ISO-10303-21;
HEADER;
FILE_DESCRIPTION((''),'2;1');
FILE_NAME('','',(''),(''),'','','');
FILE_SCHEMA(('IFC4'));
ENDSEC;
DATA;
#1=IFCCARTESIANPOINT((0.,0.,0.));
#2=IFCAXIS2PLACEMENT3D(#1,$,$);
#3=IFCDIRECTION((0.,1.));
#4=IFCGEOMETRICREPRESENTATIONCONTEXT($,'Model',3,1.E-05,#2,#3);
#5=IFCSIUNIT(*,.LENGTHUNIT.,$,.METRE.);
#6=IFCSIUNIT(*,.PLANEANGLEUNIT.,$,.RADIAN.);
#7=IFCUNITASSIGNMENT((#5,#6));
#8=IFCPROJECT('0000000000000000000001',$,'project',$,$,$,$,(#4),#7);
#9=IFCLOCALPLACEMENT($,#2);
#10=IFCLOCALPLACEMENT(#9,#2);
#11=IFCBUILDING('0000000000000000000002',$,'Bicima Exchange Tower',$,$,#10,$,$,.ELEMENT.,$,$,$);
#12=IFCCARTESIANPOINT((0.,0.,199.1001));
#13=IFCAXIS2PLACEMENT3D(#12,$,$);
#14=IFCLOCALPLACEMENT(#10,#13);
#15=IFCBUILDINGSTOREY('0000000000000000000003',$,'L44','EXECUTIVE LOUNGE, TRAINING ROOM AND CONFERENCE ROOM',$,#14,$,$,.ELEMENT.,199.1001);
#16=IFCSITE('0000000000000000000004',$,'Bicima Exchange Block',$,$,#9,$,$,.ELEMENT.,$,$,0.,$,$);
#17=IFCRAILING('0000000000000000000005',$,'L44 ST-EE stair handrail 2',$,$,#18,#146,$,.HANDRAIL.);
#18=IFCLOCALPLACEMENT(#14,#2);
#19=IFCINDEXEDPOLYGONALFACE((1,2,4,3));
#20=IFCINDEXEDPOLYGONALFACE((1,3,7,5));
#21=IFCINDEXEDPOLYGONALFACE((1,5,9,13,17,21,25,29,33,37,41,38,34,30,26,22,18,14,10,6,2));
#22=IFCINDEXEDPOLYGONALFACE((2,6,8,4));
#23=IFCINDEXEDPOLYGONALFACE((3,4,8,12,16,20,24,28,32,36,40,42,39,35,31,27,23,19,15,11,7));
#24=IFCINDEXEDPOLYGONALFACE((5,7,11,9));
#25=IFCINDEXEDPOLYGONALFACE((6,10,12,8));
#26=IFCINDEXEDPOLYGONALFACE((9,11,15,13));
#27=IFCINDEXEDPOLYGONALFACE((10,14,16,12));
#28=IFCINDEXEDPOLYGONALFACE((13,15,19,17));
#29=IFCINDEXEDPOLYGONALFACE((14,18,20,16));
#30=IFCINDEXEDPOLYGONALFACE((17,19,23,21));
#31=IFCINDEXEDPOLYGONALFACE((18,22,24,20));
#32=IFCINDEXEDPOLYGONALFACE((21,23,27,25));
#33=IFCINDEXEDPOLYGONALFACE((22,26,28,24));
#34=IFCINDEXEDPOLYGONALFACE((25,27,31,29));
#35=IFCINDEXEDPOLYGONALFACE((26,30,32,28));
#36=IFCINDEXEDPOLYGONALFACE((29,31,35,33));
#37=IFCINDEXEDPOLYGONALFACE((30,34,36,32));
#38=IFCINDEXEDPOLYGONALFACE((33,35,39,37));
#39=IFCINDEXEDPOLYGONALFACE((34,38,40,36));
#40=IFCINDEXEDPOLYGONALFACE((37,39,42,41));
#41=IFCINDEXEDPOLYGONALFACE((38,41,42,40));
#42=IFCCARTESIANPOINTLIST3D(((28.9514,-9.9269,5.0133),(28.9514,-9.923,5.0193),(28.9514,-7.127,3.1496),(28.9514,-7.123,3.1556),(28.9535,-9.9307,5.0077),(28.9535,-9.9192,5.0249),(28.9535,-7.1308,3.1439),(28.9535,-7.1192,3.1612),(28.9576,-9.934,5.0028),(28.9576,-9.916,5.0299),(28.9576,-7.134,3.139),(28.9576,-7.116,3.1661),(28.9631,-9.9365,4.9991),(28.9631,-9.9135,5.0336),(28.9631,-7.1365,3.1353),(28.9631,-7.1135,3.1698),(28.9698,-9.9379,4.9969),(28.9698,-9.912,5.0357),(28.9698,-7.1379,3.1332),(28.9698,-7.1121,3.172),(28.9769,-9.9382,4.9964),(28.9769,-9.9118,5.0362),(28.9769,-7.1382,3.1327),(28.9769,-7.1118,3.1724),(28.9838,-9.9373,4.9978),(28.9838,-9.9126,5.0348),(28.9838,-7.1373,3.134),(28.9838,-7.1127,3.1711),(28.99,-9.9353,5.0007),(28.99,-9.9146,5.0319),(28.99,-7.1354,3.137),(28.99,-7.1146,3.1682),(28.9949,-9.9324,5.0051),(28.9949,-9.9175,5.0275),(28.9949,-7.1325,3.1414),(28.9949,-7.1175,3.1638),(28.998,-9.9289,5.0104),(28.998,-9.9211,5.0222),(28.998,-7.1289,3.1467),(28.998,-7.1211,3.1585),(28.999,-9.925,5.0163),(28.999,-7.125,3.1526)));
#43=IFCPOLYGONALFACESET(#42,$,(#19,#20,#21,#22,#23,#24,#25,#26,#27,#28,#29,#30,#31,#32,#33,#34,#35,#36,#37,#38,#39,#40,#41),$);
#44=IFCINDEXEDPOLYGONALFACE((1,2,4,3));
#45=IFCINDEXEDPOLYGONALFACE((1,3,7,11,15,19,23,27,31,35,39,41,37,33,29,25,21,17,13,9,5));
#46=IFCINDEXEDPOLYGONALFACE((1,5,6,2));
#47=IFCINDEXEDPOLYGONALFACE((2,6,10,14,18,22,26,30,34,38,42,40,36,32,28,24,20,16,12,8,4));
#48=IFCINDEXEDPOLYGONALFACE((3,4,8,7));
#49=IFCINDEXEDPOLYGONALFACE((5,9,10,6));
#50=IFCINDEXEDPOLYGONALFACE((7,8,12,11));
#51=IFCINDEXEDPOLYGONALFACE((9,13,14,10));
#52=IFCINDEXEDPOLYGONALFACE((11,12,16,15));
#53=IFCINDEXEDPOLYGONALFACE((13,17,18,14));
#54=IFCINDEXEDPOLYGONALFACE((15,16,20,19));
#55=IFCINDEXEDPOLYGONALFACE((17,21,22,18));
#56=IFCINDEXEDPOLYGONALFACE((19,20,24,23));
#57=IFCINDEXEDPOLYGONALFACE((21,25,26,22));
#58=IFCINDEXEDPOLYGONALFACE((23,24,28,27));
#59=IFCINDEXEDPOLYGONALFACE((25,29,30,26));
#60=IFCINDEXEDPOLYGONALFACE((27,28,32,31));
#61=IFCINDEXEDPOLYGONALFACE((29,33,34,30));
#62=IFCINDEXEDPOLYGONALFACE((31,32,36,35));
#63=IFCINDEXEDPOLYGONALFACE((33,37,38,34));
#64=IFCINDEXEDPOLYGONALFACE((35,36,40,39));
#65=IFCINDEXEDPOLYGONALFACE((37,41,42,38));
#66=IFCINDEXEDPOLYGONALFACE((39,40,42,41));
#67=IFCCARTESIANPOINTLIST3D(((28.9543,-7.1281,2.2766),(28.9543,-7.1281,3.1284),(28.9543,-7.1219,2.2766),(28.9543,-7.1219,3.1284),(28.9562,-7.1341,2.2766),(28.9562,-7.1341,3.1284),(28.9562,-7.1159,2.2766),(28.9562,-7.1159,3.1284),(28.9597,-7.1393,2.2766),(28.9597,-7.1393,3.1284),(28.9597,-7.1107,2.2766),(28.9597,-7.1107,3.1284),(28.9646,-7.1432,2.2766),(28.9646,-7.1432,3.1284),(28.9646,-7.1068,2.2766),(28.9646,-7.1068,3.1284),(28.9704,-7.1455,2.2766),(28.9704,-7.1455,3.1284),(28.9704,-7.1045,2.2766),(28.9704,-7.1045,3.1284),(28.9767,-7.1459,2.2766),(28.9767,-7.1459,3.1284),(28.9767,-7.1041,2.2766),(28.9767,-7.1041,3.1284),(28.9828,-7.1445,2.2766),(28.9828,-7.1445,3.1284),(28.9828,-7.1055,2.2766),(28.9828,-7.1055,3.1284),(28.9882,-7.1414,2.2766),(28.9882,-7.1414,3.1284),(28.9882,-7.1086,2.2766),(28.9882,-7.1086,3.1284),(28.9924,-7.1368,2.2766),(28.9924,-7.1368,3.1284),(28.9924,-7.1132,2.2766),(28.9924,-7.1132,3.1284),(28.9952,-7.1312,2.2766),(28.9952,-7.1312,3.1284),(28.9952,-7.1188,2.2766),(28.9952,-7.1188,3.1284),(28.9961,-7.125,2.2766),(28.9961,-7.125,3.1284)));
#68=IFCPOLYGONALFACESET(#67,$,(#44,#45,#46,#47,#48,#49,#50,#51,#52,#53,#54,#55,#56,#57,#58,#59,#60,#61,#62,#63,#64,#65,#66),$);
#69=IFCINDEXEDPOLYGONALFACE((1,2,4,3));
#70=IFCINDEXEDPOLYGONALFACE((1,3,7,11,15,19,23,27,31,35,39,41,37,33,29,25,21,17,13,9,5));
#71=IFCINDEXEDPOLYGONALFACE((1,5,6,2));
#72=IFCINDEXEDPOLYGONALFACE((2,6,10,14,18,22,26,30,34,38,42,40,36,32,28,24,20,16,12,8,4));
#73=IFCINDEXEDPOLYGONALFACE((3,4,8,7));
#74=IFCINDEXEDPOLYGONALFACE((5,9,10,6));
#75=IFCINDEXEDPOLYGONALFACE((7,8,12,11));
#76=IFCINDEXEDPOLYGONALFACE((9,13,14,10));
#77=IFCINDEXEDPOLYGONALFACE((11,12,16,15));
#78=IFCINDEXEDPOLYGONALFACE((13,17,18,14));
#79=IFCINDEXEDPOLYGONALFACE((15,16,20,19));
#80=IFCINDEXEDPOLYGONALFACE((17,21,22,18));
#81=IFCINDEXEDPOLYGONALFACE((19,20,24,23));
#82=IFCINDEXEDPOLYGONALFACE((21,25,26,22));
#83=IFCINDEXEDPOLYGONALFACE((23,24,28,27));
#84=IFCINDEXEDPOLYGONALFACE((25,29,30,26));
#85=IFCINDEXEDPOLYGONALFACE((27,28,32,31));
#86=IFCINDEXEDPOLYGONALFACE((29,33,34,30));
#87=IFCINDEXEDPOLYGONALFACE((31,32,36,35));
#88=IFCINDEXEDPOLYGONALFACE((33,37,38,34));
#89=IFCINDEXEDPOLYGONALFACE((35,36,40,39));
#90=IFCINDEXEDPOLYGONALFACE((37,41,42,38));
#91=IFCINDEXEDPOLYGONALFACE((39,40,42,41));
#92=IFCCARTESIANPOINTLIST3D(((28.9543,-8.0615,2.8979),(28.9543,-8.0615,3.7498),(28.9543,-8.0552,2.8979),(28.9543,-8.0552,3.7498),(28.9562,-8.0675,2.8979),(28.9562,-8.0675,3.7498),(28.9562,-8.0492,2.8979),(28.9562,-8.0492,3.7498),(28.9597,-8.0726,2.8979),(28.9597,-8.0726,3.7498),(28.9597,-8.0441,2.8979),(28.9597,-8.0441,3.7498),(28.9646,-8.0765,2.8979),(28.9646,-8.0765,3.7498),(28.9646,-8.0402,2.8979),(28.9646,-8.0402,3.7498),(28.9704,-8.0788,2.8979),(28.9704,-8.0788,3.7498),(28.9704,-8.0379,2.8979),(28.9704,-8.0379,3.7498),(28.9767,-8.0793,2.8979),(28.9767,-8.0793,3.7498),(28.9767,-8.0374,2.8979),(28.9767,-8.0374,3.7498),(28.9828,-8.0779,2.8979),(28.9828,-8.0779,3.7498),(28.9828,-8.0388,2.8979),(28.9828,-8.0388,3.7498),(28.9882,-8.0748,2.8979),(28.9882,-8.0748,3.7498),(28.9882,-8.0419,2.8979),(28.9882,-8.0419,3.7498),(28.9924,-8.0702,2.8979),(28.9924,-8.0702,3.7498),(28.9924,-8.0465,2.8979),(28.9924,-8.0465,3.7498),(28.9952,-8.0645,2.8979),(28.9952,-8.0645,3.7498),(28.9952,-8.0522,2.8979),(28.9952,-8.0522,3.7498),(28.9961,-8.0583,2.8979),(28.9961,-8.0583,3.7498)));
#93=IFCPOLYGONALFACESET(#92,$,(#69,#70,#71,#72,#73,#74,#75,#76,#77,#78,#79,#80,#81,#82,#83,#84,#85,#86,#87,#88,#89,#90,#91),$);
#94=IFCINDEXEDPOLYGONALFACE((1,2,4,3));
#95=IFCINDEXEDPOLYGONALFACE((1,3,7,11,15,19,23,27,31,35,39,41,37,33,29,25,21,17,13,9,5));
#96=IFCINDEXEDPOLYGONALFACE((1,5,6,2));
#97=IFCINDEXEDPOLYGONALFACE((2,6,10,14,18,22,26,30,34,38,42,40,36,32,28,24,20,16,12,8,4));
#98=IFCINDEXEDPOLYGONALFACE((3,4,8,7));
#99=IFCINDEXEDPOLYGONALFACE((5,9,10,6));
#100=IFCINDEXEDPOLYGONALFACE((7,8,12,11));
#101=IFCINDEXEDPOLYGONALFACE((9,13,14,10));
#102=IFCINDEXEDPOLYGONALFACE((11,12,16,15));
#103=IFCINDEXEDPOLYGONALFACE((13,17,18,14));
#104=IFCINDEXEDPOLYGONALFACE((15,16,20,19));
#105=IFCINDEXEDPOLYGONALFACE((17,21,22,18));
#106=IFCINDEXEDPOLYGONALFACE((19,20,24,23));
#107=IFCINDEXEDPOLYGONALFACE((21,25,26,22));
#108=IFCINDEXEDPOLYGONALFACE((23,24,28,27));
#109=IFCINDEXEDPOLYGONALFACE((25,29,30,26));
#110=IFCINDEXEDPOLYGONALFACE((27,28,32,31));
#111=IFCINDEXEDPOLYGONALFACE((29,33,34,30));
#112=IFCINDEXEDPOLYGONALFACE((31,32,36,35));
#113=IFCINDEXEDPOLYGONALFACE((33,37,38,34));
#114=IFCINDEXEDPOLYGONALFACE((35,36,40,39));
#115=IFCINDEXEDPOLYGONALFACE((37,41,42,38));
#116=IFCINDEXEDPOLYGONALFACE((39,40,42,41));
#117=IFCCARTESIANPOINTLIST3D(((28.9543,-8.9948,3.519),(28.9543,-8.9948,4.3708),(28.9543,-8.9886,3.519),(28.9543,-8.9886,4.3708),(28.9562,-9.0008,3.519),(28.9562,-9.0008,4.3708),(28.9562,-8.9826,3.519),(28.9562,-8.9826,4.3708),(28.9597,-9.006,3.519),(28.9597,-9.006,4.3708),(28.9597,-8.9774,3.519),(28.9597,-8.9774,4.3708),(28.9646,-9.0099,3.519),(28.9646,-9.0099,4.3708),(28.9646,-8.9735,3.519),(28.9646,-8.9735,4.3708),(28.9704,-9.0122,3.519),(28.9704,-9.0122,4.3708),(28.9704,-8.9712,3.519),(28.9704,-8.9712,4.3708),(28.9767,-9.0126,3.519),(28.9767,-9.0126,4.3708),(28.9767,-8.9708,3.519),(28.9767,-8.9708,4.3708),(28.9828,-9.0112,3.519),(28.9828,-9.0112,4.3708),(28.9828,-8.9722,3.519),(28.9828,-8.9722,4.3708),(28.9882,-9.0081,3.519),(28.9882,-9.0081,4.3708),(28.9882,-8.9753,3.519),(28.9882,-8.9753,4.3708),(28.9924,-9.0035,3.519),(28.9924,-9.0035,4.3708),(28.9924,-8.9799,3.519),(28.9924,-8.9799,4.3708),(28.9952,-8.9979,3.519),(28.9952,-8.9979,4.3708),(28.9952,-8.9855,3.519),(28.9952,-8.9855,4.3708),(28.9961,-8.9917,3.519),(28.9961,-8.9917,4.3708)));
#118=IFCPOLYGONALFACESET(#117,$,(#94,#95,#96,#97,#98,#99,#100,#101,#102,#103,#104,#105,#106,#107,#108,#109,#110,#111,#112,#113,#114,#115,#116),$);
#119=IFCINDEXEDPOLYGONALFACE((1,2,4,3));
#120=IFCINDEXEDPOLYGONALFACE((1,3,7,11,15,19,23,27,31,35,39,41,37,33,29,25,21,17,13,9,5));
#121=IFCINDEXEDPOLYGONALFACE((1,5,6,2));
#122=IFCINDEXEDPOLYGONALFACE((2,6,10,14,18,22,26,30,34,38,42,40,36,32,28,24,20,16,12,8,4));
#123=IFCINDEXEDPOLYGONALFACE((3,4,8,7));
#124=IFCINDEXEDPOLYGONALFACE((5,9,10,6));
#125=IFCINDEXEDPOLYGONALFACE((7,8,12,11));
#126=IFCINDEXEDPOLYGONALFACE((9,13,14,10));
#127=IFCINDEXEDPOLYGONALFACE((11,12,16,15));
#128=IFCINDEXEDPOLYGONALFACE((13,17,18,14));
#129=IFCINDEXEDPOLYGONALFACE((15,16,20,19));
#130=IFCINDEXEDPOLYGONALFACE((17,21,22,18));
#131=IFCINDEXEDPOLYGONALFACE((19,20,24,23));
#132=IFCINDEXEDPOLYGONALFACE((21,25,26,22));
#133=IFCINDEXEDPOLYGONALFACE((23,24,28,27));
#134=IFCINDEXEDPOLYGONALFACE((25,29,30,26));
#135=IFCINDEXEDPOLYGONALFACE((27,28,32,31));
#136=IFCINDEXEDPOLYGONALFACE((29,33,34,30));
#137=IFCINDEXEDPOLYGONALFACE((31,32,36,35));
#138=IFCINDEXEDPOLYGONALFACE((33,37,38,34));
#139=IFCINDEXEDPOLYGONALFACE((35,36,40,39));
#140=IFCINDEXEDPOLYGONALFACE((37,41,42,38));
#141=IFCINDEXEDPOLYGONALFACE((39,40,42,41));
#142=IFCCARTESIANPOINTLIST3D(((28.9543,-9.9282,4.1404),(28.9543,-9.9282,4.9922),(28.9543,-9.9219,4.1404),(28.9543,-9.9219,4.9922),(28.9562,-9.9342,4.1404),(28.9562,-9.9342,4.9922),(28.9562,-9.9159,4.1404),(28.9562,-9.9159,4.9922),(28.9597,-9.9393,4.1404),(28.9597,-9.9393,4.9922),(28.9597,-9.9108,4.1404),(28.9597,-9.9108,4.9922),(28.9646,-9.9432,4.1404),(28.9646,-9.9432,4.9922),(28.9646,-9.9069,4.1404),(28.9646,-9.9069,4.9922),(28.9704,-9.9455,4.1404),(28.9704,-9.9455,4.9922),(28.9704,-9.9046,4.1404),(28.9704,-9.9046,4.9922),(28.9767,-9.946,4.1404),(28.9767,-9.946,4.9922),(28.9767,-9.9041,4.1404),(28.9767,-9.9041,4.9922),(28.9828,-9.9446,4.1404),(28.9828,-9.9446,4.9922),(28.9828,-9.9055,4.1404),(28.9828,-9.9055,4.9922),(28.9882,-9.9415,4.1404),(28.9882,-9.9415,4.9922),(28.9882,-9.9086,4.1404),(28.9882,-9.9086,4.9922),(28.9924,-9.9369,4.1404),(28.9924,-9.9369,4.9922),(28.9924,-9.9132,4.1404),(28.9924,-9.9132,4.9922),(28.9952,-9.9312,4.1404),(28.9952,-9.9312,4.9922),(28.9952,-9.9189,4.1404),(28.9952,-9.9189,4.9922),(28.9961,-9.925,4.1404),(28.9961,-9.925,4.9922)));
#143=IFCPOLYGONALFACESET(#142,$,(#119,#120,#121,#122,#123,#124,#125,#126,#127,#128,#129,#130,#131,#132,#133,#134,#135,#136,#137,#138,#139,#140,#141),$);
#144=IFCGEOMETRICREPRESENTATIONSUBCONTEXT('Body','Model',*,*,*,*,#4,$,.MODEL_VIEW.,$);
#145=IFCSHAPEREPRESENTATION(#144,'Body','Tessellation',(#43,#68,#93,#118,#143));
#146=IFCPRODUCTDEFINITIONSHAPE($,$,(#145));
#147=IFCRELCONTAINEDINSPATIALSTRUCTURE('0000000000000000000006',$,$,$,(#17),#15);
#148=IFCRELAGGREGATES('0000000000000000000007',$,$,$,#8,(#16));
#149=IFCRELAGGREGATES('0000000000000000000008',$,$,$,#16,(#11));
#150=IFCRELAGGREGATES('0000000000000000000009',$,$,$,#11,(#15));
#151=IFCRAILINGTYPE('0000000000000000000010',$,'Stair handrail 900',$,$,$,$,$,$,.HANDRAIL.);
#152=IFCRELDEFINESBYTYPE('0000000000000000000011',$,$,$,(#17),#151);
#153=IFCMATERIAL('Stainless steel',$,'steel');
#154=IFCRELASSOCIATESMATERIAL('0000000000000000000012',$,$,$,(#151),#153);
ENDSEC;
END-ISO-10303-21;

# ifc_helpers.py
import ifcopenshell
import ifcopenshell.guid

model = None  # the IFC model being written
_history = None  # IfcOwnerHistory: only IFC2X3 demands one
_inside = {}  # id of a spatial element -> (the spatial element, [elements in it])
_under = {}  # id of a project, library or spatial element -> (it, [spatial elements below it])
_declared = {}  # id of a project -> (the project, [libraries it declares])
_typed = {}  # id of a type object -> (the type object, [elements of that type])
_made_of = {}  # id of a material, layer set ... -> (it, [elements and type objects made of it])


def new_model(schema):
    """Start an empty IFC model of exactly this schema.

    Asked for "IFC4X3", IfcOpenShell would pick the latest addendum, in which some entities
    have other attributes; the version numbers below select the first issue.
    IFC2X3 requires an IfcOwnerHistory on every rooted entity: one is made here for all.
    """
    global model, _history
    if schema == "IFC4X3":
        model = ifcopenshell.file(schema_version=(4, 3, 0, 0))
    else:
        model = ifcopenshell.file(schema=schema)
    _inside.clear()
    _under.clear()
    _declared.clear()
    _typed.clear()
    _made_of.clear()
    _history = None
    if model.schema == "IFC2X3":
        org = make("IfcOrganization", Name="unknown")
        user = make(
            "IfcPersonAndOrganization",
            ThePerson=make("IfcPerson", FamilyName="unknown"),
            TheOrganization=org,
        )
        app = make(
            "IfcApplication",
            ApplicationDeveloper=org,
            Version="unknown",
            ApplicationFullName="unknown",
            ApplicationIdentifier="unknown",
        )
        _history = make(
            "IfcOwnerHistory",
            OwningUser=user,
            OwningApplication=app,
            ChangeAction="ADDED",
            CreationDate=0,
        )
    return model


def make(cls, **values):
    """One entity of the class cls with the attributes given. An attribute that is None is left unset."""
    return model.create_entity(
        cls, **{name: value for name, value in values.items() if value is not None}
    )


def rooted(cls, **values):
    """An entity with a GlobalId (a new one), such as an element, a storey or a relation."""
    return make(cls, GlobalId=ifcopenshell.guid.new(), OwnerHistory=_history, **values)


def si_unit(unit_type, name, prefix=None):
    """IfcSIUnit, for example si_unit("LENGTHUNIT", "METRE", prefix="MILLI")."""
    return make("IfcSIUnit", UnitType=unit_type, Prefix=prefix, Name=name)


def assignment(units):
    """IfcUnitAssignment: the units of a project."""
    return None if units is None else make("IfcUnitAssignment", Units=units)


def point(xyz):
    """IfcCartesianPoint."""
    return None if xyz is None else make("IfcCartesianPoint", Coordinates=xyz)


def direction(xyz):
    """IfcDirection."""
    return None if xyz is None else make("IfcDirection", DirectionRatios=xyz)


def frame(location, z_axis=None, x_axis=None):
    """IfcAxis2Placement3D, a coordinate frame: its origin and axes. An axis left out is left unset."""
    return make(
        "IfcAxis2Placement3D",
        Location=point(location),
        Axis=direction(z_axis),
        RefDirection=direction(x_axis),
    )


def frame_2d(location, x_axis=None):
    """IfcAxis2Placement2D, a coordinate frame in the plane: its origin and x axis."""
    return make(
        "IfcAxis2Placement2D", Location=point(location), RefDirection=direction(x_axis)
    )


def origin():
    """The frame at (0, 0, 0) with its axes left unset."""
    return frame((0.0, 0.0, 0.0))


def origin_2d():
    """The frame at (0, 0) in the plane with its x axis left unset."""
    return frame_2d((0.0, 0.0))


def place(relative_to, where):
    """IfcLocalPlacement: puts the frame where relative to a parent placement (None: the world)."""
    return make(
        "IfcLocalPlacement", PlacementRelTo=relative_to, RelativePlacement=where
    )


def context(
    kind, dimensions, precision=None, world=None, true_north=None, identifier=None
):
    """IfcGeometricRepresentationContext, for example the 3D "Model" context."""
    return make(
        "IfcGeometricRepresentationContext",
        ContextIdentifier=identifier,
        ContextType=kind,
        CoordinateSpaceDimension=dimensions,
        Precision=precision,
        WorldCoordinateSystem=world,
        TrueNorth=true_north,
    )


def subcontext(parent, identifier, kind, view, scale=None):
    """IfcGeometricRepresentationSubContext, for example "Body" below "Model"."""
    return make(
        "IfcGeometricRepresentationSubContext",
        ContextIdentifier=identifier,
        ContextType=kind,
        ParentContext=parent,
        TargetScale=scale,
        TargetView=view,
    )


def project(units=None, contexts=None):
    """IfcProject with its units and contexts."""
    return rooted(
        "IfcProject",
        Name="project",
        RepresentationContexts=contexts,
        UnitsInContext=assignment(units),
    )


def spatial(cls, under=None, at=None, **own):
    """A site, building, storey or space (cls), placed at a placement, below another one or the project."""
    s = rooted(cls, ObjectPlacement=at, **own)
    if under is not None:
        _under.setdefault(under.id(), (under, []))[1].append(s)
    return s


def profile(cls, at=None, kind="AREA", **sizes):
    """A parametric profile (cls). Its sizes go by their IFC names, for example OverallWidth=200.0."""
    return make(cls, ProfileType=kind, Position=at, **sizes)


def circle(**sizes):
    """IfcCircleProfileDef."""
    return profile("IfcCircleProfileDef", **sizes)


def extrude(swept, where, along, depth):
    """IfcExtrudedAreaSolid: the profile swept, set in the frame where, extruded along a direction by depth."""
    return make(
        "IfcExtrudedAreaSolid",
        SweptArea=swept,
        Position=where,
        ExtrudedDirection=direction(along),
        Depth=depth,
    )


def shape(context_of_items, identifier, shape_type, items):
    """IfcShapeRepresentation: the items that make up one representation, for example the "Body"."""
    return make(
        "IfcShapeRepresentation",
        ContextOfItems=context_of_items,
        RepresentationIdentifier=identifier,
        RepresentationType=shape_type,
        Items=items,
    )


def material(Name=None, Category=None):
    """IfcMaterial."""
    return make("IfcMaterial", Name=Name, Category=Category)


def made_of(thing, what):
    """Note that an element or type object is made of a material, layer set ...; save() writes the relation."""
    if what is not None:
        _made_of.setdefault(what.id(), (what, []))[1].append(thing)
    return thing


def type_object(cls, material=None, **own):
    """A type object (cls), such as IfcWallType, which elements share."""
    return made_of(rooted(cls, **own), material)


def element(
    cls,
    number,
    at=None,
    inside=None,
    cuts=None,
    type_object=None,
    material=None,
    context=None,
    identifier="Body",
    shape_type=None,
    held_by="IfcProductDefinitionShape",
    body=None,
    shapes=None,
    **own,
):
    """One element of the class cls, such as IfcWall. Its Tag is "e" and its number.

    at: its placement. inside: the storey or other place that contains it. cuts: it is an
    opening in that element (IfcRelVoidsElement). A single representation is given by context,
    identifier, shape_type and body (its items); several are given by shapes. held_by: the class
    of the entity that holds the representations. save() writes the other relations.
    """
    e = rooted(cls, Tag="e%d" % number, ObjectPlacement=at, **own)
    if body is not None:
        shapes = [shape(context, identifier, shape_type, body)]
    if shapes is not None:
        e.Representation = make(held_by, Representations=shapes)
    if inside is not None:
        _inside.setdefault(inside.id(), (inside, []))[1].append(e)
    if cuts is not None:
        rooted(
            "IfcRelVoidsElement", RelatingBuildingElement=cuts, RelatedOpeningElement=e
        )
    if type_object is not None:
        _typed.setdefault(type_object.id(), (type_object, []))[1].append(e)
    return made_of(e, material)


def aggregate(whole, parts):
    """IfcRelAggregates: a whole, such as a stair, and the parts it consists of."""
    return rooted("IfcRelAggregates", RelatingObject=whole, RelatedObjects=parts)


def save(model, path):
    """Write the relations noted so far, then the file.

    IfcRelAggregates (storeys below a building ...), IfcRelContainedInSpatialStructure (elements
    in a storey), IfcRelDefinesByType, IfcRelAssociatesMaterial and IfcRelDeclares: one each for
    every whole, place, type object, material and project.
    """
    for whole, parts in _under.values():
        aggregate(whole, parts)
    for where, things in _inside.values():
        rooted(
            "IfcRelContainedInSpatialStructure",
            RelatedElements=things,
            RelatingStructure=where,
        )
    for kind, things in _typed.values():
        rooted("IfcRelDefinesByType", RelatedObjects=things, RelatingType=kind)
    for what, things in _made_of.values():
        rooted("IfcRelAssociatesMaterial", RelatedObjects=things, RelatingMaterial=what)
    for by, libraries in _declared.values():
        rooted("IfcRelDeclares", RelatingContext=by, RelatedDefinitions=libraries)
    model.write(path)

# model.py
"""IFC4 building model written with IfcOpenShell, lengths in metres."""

from ifc_helpers import new_model, si_unit, direction, frame, origin, origin_2d, place, context, subcontext, project, spatial, circle, extrude, material, type_object, element, save


model = new_model("IFC4")

# Units and contexts
model_context = context("Model", 3, precision=1e-05, world=origin(), true_north=direction((0.0, 1.0)))
body_context = subcontext(model_context, "Body", "Model", "MODEL_VIEW")
ifc_project = project(units=[si_unit("LENGTHUNIT", "METRE"), si_unit("PLANEANGLEUNIT", "RADIAN")], contexts=[model_context])

# Site, building, storey
site_placement = place(None, origin())
site = spatial("IfcSite", under=ifc_project, at=site_placement, Name="Bicima Exchange Block", CompositionType="ELEMENT", RefElevation=0.0)
building_placement = place(site_placement, origin())
building = spatial("IfcBuilding", under=site, at=building_placement, Name="Bicima Exchange Tower", CompositionType="ELEMENT")
storey_placement = place(building_placement, frame((0.0, 0.0, 199.1001)))
storey = spatial("IfcBuildingStorey", under=building, at=storey_placement, Name="L44", Description="EXECUTIVE LOUNGE, TRAINING ROOM AND CONFERENCE ROOM", CompositionType="ELEMENT", Elevation=199.1001)

# Railing
ifc_material_1 = material(Name="Stainless steel", Category="steel")
railing_type_1 = type_object("IfcRailingType", Name="Stair handrail 900", PredefinedType="HANDRAIL", material=ifc_material_1)
railing_1_placement = place(storey_placement, frame((28.9751, -7.125, 2.2766)))
element("IfcRailing", 1, at=railing_1_placement, inside=storey, type_object=railing_type_1, Name="L44 ST-EE stair handrail 2", PredefinedType="HANDRAIL", context=body_context, shape_type="SweptSolid", body=[
    extrude(circle(Radius=0.0239, at=origin_2d()), frame((0.0, 0.0, 0.876), z_axis=(0.0, -0.832452, 0.554097), x_axis=(1.0, 0.0, 0.0)), (0.0, 0.0, 1.0), 3.3635),
    extrude(circle(Radius=0.021, at=origin_2d()), origin(), (0.0, 0.0, 1.0), 0.8518),
    extrude(circle(Radius=0.021, at=origin_2d()), frame((0.0, -0.9333, 0.6213)), (0.0, 0.0, 1.0), 0.8518),
    extrude(circle(Radius=0.021, at=origin_2d()), frame((0.0, -1.8667, 1.2424)), (0.0, 0.0, 1.0), 0.8518),
    extrude(circle(Radius=0.021, at=origin_2d()), frame((0.0, -2.8, 1.8638)), (0.0, 0.0, 1.0), 0.8518),
])

save(model, "model.ifc")
